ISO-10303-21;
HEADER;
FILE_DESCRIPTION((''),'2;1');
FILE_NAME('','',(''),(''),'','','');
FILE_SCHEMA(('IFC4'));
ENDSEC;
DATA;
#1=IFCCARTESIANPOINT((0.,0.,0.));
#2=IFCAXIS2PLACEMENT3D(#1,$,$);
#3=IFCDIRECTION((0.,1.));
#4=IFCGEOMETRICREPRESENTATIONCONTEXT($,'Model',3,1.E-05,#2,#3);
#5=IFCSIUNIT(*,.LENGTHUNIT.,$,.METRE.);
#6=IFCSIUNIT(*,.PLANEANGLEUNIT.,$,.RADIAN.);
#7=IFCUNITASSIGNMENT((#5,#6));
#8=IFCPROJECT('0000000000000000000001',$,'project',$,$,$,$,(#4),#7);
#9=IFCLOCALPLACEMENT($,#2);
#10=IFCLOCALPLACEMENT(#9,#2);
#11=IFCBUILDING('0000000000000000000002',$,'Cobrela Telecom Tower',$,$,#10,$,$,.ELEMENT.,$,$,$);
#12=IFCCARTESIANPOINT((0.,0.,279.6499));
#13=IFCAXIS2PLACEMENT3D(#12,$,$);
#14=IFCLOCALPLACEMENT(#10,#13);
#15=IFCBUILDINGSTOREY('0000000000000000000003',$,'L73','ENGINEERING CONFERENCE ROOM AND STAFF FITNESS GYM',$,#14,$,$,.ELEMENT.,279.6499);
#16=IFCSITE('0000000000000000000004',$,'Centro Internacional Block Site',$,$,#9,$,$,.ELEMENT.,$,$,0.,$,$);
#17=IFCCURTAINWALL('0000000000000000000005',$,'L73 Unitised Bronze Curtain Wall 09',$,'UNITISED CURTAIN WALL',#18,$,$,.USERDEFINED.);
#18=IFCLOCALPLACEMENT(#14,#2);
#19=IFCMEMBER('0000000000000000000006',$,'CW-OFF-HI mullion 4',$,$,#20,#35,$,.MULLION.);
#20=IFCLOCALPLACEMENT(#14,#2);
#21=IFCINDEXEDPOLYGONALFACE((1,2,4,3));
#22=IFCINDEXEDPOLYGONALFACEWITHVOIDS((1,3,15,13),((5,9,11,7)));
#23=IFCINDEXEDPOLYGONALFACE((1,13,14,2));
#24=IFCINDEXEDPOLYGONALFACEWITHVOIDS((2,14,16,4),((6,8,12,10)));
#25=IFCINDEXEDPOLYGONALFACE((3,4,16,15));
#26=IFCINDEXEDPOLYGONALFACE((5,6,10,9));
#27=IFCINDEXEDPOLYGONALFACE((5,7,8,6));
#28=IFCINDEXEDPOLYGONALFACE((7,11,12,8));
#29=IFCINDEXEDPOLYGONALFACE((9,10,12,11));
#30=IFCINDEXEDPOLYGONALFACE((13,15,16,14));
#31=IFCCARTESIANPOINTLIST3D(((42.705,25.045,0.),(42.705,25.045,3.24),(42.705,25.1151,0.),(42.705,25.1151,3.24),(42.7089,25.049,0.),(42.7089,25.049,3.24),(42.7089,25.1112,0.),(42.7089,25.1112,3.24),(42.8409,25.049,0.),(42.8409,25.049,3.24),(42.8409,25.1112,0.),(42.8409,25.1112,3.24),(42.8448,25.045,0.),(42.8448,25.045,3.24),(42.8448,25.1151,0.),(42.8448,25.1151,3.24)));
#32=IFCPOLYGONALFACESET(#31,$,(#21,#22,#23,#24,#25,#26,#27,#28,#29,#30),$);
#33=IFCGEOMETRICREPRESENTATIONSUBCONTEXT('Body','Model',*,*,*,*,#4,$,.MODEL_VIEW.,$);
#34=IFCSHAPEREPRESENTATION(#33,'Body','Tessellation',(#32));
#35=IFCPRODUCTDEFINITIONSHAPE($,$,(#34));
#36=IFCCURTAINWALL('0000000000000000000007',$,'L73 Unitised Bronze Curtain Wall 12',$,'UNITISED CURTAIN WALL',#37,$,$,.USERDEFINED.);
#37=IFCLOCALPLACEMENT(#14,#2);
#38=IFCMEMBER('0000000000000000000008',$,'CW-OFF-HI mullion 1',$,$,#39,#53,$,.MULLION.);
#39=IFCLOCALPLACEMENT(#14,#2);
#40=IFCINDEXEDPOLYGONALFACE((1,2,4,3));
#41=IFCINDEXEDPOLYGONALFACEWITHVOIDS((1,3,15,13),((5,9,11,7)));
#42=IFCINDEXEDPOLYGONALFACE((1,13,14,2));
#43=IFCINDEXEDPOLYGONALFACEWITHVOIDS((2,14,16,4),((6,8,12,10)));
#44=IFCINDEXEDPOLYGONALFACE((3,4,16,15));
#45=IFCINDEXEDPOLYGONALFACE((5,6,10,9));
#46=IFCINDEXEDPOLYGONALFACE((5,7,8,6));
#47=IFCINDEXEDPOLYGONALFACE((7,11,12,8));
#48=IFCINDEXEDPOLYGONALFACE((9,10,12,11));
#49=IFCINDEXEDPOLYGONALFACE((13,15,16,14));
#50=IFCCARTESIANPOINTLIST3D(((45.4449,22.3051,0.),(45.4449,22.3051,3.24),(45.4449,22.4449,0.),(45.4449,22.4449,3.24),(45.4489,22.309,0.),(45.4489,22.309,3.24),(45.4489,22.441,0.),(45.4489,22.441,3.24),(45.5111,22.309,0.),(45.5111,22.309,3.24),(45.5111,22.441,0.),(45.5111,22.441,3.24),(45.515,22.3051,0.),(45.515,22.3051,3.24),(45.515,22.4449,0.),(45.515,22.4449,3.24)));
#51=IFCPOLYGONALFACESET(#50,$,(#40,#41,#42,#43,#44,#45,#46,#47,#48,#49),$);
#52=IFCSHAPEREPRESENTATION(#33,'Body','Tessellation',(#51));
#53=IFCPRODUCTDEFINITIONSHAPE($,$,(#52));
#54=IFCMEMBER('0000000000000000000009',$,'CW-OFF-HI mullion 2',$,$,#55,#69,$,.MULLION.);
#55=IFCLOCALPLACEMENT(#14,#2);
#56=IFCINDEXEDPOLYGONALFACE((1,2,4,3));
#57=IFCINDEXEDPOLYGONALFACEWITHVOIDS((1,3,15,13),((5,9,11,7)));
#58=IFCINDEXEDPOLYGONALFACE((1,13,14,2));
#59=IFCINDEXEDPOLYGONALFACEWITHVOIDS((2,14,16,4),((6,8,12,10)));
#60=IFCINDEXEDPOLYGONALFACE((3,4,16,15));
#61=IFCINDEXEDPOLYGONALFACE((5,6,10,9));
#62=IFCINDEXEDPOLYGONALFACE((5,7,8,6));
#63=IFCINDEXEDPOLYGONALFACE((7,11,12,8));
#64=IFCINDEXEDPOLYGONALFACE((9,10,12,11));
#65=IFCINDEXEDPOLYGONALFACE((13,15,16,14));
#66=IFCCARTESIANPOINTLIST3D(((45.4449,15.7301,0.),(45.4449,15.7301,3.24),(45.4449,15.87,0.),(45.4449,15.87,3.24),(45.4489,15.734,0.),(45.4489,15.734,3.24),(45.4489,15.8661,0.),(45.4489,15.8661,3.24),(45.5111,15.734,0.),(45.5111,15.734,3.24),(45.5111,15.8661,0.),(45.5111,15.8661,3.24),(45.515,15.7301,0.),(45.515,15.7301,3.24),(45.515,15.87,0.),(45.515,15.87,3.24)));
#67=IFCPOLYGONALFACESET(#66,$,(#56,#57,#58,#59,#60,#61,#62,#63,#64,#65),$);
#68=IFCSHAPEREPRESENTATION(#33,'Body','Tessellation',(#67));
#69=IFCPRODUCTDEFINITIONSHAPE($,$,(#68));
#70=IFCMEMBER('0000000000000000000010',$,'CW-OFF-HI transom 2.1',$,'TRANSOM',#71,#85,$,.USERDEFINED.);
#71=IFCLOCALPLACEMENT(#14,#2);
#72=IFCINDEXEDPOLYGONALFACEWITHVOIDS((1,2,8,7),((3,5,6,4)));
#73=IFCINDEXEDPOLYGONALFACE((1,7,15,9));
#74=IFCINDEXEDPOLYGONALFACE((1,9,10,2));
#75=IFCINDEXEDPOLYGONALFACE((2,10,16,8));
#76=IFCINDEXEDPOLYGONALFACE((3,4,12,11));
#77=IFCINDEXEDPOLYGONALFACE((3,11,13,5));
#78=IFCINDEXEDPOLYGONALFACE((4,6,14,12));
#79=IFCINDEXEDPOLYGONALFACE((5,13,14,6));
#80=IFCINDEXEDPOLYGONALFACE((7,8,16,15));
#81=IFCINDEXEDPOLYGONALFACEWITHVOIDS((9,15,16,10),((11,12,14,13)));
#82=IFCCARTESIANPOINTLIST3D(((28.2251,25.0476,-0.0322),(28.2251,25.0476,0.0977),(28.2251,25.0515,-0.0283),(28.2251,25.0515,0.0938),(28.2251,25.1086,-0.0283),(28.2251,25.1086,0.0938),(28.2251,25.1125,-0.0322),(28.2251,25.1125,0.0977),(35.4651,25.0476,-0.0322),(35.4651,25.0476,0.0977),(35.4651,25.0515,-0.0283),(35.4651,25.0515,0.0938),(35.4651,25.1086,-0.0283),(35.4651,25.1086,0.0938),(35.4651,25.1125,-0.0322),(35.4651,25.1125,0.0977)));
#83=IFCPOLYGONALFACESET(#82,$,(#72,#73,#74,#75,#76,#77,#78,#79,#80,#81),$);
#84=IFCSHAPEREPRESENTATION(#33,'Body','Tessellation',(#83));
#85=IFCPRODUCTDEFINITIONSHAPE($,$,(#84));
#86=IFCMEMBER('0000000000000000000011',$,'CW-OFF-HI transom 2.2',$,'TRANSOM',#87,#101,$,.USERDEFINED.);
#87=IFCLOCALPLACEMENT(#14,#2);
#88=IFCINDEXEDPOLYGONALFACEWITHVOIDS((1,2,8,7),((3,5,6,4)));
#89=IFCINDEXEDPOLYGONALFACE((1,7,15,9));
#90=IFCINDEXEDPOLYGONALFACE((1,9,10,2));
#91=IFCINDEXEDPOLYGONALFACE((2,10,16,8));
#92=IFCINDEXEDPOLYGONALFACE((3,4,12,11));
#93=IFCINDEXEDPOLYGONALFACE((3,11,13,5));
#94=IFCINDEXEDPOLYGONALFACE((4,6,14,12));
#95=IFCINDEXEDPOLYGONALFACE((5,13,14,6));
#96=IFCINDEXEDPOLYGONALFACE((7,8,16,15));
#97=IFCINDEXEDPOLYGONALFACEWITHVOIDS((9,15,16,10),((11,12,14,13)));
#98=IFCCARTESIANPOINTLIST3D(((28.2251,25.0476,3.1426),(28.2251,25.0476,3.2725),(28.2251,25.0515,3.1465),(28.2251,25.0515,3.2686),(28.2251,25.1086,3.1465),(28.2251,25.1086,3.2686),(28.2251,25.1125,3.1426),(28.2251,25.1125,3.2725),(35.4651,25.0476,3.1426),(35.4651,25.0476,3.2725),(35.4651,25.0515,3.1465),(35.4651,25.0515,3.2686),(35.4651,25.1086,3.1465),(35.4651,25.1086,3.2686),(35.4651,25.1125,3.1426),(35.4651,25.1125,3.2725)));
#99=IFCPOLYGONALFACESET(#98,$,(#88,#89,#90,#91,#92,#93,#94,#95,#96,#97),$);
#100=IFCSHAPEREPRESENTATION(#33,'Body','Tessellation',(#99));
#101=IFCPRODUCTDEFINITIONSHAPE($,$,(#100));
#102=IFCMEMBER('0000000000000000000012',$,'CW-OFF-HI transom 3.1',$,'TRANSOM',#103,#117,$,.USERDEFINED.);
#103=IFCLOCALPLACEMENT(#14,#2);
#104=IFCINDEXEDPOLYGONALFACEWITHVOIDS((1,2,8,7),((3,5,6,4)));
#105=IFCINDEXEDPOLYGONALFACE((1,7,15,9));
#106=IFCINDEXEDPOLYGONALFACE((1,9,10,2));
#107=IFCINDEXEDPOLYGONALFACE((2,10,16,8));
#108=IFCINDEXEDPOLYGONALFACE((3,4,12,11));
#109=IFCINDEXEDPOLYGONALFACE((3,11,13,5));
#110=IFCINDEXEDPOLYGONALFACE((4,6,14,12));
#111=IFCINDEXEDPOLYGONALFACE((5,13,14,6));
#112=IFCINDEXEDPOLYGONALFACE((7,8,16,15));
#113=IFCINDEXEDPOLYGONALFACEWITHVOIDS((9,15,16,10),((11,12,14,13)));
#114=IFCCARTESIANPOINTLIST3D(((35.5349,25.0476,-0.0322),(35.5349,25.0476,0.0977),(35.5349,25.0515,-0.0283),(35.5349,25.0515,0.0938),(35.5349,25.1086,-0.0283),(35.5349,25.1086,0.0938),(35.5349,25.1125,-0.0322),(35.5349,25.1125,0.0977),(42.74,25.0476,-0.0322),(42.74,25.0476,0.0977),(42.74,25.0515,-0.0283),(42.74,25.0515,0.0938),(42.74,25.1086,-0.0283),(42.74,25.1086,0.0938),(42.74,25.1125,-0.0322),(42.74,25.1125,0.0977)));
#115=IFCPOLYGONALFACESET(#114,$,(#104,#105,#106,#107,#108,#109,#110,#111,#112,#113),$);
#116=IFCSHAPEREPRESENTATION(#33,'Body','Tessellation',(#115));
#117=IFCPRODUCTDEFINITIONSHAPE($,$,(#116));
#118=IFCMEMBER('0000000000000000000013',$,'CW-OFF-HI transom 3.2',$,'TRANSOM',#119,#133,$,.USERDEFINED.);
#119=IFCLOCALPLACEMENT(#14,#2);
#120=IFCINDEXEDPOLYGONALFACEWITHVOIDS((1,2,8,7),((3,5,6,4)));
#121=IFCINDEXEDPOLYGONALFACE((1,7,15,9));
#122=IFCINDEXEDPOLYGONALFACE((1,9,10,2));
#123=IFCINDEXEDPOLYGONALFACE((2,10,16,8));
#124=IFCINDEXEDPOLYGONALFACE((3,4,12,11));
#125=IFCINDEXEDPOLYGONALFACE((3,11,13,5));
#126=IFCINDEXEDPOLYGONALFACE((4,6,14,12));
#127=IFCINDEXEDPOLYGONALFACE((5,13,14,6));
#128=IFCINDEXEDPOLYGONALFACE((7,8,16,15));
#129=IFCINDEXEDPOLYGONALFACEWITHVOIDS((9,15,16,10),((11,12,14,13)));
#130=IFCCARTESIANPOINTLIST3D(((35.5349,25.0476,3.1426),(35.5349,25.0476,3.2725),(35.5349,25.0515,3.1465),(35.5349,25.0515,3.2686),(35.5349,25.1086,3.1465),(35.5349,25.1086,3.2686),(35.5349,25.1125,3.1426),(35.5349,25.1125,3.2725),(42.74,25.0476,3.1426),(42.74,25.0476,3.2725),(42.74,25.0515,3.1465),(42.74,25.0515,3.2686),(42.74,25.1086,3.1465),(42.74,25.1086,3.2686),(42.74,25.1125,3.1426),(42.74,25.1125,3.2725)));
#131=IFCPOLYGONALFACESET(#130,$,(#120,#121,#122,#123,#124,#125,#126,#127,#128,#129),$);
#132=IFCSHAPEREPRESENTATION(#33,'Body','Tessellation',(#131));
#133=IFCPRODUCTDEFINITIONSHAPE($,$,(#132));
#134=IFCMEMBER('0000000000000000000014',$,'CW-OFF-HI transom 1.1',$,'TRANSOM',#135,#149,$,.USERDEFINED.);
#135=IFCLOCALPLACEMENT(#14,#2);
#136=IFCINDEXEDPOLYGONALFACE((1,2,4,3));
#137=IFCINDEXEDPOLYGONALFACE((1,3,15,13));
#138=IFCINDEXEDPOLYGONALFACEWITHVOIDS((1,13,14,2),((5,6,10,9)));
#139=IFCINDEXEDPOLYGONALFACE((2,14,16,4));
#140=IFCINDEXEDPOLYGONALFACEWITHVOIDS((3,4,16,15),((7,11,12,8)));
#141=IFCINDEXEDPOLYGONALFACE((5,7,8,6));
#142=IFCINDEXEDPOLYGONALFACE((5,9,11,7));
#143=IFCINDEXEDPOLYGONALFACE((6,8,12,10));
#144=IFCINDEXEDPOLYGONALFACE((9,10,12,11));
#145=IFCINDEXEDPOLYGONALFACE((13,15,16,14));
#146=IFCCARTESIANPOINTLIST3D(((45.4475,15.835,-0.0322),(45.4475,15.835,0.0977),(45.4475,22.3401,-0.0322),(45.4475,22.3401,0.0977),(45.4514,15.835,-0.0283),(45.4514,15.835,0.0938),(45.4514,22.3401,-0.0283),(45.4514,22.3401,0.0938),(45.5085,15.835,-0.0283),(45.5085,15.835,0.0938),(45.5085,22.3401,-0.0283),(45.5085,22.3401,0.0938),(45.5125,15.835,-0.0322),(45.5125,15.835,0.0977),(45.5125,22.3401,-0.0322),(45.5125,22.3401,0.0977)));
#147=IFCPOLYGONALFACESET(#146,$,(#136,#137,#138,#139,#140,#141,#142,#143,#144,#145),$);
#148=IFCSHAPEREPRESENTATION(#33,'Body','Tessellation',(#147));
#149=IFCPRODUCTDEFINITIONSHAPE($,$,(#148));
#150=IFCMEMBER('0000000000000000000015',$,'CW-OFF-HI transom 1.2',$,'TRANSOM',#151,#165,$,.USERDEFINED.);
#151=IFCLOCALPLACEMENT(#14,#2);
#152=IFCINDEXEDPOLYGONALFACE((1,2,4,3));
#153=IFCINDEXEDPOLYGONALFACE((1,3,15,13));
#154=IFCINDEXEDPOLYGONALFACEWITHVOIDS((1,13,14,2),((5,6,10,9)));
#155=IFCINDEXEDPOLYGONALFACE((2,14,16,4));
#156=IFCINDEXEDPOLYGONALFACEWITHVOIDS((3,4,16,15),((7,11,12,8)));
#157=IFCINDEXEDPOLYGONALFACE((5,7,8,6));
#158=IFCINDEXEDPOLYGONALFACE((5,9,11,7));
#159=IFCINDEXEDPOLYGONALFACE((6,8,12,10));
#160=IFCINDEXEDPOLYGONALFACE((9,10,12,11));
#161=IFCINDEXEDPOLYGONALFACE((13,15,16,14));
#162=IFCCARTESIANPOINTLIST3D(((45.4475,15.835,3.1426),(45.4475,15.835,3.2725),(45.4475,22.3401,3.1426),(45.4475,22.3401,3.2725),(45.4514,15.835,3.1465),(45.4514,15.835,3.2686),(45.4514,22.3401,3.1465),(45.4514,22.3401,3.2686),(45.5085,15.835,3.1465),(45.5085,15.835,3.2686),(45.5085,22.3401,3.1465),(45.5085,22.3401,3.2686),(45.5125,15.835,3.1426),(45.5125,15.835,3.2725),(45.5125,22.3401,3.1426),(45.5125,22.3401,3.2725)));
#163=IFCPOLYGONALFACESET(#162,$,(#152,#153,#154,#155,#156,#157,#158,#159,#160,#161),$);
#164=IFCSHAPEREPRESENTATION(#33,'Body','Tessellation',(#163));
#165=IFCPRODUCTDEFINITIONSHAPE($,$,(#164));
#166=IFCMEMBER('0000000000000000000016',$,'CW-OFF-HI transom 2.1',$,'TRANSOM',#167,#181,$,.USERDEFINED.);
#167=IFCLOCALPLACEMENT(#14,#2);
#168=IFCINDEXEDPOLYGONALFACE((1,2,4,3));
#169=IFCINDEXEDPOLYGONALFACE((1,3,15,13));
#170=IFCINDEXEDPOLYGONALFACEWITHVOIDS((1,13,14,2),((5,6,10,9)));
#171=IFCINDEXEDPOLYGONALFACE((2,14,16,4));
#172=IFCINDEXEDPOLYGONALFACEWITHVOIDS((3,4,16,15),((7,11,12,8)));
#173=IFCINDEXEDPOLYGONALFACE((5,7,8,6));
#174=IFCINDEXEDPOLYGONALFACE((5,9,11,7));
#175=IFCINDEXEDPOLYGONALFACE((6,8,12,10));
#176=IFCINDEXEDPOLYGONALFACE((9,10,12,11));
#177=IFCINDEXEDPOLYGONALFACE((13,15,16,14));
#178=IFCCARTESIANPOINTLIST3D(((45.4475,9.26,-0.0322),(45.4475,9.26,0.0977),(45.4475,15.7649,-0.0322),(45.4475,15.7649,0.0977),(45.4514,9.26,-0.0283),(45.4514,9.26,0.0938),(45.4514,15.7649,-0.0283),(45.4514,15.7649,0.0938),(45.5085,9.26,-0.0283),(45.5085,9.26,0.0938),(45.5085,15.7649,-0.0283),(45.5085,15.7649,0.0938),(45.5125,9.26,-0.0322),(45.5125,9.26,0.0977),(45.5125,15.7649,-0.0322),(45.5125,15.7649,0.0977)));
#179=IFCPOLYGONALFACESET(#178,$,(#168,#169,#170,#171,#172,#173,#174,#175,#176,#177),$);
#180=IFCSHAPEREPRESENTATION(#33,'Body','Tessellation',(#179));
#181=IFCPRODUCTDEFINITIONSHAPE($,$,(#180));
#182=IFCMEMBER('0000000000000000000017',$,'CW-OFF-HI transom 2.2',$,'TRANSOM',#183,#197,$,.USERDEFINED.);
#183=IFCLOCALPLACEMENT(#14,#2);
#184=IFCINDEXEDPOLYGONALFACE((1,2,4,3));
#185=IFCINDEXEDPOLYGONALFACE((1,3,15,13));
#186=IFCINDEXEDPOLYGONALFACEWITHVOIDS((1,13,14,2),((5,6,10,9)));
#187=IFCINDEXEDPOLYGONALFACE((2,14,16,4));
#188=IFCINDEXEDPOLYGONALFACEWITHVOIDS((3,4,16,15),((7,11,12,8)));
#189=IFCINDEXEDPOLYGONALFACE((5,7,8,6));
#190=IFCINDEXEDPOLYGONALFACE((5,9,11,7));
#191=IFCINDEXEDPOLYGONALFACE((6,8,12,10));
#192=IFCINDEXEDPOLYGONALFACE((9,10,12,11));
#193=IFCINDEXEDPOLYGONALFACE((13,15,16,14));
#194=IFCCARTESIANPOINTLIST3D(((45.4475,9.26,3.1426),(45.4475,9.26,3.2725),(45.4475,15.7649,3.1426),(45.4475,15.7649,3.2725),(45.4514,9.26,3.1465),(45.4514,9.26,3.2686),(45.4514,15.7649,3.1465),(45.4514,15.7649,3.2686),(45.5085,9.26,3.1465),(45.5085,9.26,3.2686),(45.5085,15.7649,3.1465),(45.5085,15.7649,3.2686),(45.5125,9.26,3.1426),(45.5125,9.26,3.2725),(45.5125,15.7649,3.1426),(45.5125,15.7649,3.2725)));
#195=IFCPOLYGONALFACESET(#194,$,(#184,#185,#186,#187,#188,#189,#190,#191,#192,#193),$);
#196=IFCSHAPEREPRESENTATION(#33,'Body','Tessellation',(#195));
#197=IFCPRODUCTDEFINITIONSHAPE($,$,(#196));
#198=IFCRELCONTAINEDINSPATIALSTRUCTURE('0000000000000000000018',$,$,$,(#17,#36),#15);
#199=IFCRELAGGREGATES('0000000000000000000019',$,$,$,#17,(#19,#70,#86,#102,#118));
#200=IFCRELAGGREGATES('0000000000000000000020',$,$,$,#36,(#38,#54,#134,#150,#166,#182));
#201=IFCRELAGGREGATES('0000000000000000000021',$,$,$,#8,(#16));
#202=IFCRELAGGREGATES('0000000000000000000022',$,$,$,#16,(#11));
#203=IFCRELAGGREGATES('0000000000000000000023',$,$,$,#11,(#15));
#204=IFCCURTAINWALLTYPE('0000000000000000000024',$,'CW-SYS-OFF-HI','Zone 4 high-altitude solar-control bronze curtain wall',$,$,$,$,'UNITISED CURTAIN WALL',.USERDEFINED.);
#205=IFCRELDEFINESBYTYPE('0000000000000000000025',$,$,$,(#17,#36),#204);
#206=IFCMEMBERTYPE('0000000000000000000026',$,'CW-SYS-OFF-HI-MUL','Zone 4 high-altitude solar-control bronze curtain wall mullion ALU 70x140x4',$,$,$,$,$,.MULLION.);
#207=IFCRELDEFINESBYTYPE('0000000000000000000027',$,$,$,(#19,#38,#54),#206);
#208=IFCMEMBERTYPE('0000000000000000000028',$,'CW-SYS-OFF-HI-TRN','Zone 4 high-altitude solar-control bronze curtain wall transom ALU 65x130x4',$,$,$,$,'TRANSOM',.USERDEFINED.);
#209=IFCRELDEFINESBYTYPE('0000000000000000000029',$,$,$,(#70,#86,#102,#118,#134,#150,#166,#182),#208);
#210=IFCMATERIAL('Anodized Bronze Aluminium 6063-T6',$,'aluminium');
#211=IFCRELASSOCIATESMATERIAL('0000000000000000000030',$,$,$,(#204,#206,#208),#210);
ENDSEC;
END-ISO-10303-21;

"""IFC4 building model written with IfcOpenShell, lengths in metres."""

from ifc_helpers import new_model, si_unit, direction, frame, origin, origin_2d, place, context, subcontext, project, spatial, hollow_rectangle, extrude, material, material_profile, profile_set, type_object, element, aggregate, save


model = new_model("IFC4")

# Units and contexts
model_context = context("Model", 3, precision=1e-05, world=origin(), true_north=direction((0.0, 1.0)))
body_context = subcontext(model_context, "Body", "Model", "MODEL_VIEW")
ifc_project = project(units=[si_unit("LENGTHUNIT", "METRE"), si_unit("PLANEANGLEUNIT", "RADIAN")], contexts=[model_context])

# Site, building, storey
site_placement = place(None, origin())
site = spatial("IfcSite", under=ifc_project, at=site_placement, Name="Centro Internacional Block Site", CompositionType="ELEMENT", RefElevation=0.0)
building_placement = place(site_placement, origin())
building = spatial("IfcBuilding", under=site, at=building_placement, Name="Cobrela Telecom Tower", CompositionType="ELEMENT")
storey_placement = place(building_placement, frame((0.0, 0.0, 279.6499)))
storey = spatial("IfcBuildingStorey", under=building, at=storey_placement, Name="L73", Description="ENGINEERING CONFERENCE ROOM AND STAFF FITNESS GYM", CompositionType="ELEMENT", Elevation=279.6499)

# Curtain walls, members
ifc_material_1 = material(Name="Anodized Bronze Aluminium 6063-T6", Category="aluminium")
curtain_wall_type = type_object("IfcCurtainWallType", Name="CW-SYS-OFF-HI", Description="Zone 4 high-altitude solar-control bronze curtain wall", ElementType="UNITISED CURTAIN WALL", PredefinedType="USERDEFINED", material=ifc_material_1)
curtain_wall_1_placement = place(storey_placement, origin())
curtain_wall_1 = element("IfcCurtainWall", 1, at=curtain_wall_1_placement, inside=storey, type_object=curtain_wall_type, Name="L73 Unitised Bronze Curtain Wall 09", ObjectType="UNITISED CURTAIN WALL", PredefinedType="USERDEFINED")
ifc_material_profile_1 = material_profile(ifc_material_1, hollow_rectangle(XDim=0.0701, YDim=0.1399, WallThickness=0.0039, at=origin_2d()), Name="ALU 70x140x4")
ifc_profile_set_1 = profile_set([ifc_material_profile_1], Name="Anodized Bronze Aluminium 6063-T6")
member_type_1 = type_object("IfcMemberType", Name="CW-SYS-OFF-HI-MUL", Description="Zone 4 high-altitude solar-control bronze curtain wall mullion ALU 70x140x4", PredefinedType="MULLION", material=ifc_profile_set_1)
member_1_placement = place(storey_placement, frame((42.7749, 25.0801, 0.0), z_axis=(0.0, 0.0, 1.0), x_axis=(0.0, 1.0, 0.0)))
member_1 = element("IfcMember", 2, at=member_1_placement, type_object=member_type_1, Name="CW-OFF-HI mullion 4", PredefinedType="MULLION", context=body_context, shape_type="SweptSolid", body=[
    extrude(hollow_rectangle(XDim=0.0701, YDim=0.1399, WallThickness=0.0039, at=origin_2d()), origin(), (0.0, 0.0, 1.0), 3.24),
])
curtain_wall_2_placement = place(storey_placement, origin())
curtain_wall_2 = element("IfcCurtainWall", 3, at=curtain_wall_2_placement, inside=storey, type_object=curtain_wall_type, Name="L73 Unitised Bronze Curtain Wall 12", ObjectType="UNITISED CURTAIN WALL", PredefinedType="USERDEFINED")
member_2_placement = place(storey_placement, frame((45.48, 22.375, 0.0), z_axis=(0.0, 0.0, 1.0), x_axis=(1.0, 0.0, 0.0)))
member_2 = element("IfcMember", 4, at=member_2_placement, type_object=member_type_1, Name="CW-OFF-HI mullion 1", PredefinedType="MULLION", context=body_context, shape_type="SweptSolid", body=[
    extrude(hollow_rectangle(XDim=0.0701, YDim=0.1399, WallThickness=0.0039, at=origin_2d()), origin(), (0.0, 0.0, 1.0), 3.24),
])
member_3_placement = place(storey_placement, frame((45.48, 15.8, 0.0), z_axis=(0.0, 0.0, 1.0), x_axis=(1.0, 0.0, 0.0)))
member_3 = element("IfcMember", 5, at=member_3_placement, type_object=member_type_1, Name="CW-OFF-HI mullion 2", PredefinedType="MULLION", context=body_context, shape_type="SweptSolid", body=[
    extrude(hollow_rectangle(XDim=0.0701, YDim=0.1399, WallThickness=0.0039, at=origin_2d()), origin(), (0.0, 0.0, 1.0), 3.24),
])

# Members
ifc_material_profile_2 = material_profile(ifc_material_1, hollow_rectangle(XDim=0.0649, YDim=0.1299, WallThickness=0.0039, at=origin_2d()), Name="ALU 65x130x4")
ifc_profile_set_2 = profile_set([ifc_material_profile_2], Name="Anodized Bronze Aluminium 6063-T6")
member_type_2 = type_object("IfcMemberType", Name="CW-SYS-OFF-HI-TRN", Description="Zone 4 high-altitude solar-control bronze curtain wall transom ALU 65x130x4", ElementType="TRANSOM", PredefinedType="USERDEFINED", material=ifc_profile_set_2)
member_4_placement = place(storey_placement, frame((28.2251, 25.0801, 0.0327), z_axis=(1.0, 0.0, 0.0), x_axis=(0.0, 1.0, 0.0)))
member_4 = element("IfcMember", 6, at=member_4_placement, type_object=member_type_2, Name="CW-OFF-HI transom 2.1", ObjectType="TRANSOM", PredefinedType="USERDEFINED", context=body_context, shape_type="SweptSolid", body=[
    extrude(hollow_rectangle(XDim=0.0649, YDim=0.1299, WallThickness=0.0039, at=origin_2d()), origin(), (0.0, 0.0, 1.0), 7.24),
])
member_5_placement = place(storey_placement, frame((28.2251, 25.0801, 3.2075), z_axis=(1.0, 0.0, 0.0), x_axis=(0.0, 1.0, 0.0)))
member_5 = element("IfcMember", 7, at=member_5_placement, type_object=member_type_2, Name="CW-OFF-HI transom 2.2", ObjectType="TRANSOM", PredefinedType="USERDEFINED", context=body_context, shape_type="SweptSolid", body=[
    extrude(hollow_rectangle(XDim=0.0649, YDim=0.1299, WallThickness=0.0039, at=origin_2d()), origin(), (0.0, 0.0, 1.0), 7.24),
])
member_6_placement = place(storey_placement, frame((35.5349, 25.0801, 0.0327), z_axis=(1.0, 0.0, 0.0), x_axis=(0.0, 1.0, 0.0)))
member_6 = element("IfcMember", 8, at=member_6_placement, type_object=member_type_2, Name="CW-OFF-HI transom 3.1", ObjectType="TRANSOM", PredefinedType="USERDEFINED", context=body_context, shape_type="SweptSolid", body=[
    extrude(hollow_rectangle(XDim=0.0649, YDim=0.1299, WallThickness=0.0039, at=origin_2d()), origin(), (0.0, 0.0, 1.0), 7.2051),
])
member_7_placement = place(storey_placement, frame((35.5349, 25.0801, 3.2075), z_axis=(1.0, 0.0, 0.0), x_axis=(0.0, 1.0, 0.0)))
member_7 = element("IfcMember", 9, at=member_7_placement, type_object=member_type_2, Name="CW-OFF-HI transom 3.2", ObjectType="TRANSOM", PredefinedType="USERDEFINED", context=body_context, shape_type="SweptSolid", body=[
    extrude(hollow_rectangle(XDim=0.0649, YDim=0.1299, WallThickness=0.0039, at=origin_2d()), origin(), (0.0, 0.0, 1.0), 7.2051),
])
member_8_placement = place(storey_placement, frame((45.48, 22.3401, 0.0327), z_axis=(0.0, -1.0, 0.0), x_axis=(1.0, 0.0, 0.0)))
member_8 = element("IfcMember", 10, at=member_8_placement, type_object=member_type_2, Name="CW-OFF-HI transom 1.1", ObjectType="TRANSOM", PredefinedType="USERDEFINED", context=body_context, shape_type="SweptSolid", body=[
    extrude(hollow_rectangle(XDim=0.0649, YDim=0.1299, WallThickness=0.0039, at=origin_2d()), origin(), (0.0, 0.0, 1.0), 6.5051),
])
member_9_placement = place(storey_placement, frame((45.48, 22.3401, 3.2075), z_axis=(0.0, -1.0, 0.0), x_axis=(1.0, 0.0, 0.0)))
member_9 = element("IfcMember", 11, at=member_9_placement, type_object=member_type_2, Name="CW-OFF-HI transom 1.2", ObjectType="TRANSOM", PredefinedType="USERDEFINED", context=body_context, shape_type="SweptSolid", body=[
    extrude(hollow_rectangle(XDim=0.0649, YDim=0.1299, WallThickness=0.0039, at=origin_2d()), origin(), (0.0, 0.0, 1.0), 6.5051),
])
member_10_placement = place(storey_placement, frame((45.48, 15.7649, 0.0327), z_axis=(0.0, -1.0, 0.0), x_axis=(1.0, 0.0, 0.0)))
member_10 = element("IfcMember", 12, at=member_10_placement, type_object=member_type_2, Name="CW-OFF-HI transom 2.1", ObjectType="TRANSOM", PredefinedType="USERDEFINED", context=body_context, shape_type="SweptSolid", body=[
    extrude(hollow_rectangle(XDim=0.0649, YDim=0.1299, WallThickness=0.0039, at=origin_2d()), origin(), (0.0, 0.0, 1.0), 6.5049),
])
member_11_placement = place(storey_placement, frame((45.48, 15.7649, 3.2075), z_axis=(0.0, -1.0, 0.0), x_axis=(1.0, 0.0, 0.0)))
member_11 = element("IfcMember", 13, at=member_11_placement, type_object=member_type_2, Name="CW-OFF-HI transom 2.2", ObjectType="TRANSOM", PredefinedType="USERDEFINED", context=body_context, shape_type="SweptSolid", body=[
    extrude(hollow_rectangle(XDim=0.0649, YDim=0.1299, WallThickness=0.0039, at=origin_2d()), origin(), (0.0, 0.0, 1.0), 6.5049),
])

aggregate(curtain_wall_1, [member_1, member_4, member_5, member_6, member_7])
aggregate(curtain_wall_2, [member_2, member_3, member_8, member_9, member_10, member_11])

save(model, "model.ifc")
